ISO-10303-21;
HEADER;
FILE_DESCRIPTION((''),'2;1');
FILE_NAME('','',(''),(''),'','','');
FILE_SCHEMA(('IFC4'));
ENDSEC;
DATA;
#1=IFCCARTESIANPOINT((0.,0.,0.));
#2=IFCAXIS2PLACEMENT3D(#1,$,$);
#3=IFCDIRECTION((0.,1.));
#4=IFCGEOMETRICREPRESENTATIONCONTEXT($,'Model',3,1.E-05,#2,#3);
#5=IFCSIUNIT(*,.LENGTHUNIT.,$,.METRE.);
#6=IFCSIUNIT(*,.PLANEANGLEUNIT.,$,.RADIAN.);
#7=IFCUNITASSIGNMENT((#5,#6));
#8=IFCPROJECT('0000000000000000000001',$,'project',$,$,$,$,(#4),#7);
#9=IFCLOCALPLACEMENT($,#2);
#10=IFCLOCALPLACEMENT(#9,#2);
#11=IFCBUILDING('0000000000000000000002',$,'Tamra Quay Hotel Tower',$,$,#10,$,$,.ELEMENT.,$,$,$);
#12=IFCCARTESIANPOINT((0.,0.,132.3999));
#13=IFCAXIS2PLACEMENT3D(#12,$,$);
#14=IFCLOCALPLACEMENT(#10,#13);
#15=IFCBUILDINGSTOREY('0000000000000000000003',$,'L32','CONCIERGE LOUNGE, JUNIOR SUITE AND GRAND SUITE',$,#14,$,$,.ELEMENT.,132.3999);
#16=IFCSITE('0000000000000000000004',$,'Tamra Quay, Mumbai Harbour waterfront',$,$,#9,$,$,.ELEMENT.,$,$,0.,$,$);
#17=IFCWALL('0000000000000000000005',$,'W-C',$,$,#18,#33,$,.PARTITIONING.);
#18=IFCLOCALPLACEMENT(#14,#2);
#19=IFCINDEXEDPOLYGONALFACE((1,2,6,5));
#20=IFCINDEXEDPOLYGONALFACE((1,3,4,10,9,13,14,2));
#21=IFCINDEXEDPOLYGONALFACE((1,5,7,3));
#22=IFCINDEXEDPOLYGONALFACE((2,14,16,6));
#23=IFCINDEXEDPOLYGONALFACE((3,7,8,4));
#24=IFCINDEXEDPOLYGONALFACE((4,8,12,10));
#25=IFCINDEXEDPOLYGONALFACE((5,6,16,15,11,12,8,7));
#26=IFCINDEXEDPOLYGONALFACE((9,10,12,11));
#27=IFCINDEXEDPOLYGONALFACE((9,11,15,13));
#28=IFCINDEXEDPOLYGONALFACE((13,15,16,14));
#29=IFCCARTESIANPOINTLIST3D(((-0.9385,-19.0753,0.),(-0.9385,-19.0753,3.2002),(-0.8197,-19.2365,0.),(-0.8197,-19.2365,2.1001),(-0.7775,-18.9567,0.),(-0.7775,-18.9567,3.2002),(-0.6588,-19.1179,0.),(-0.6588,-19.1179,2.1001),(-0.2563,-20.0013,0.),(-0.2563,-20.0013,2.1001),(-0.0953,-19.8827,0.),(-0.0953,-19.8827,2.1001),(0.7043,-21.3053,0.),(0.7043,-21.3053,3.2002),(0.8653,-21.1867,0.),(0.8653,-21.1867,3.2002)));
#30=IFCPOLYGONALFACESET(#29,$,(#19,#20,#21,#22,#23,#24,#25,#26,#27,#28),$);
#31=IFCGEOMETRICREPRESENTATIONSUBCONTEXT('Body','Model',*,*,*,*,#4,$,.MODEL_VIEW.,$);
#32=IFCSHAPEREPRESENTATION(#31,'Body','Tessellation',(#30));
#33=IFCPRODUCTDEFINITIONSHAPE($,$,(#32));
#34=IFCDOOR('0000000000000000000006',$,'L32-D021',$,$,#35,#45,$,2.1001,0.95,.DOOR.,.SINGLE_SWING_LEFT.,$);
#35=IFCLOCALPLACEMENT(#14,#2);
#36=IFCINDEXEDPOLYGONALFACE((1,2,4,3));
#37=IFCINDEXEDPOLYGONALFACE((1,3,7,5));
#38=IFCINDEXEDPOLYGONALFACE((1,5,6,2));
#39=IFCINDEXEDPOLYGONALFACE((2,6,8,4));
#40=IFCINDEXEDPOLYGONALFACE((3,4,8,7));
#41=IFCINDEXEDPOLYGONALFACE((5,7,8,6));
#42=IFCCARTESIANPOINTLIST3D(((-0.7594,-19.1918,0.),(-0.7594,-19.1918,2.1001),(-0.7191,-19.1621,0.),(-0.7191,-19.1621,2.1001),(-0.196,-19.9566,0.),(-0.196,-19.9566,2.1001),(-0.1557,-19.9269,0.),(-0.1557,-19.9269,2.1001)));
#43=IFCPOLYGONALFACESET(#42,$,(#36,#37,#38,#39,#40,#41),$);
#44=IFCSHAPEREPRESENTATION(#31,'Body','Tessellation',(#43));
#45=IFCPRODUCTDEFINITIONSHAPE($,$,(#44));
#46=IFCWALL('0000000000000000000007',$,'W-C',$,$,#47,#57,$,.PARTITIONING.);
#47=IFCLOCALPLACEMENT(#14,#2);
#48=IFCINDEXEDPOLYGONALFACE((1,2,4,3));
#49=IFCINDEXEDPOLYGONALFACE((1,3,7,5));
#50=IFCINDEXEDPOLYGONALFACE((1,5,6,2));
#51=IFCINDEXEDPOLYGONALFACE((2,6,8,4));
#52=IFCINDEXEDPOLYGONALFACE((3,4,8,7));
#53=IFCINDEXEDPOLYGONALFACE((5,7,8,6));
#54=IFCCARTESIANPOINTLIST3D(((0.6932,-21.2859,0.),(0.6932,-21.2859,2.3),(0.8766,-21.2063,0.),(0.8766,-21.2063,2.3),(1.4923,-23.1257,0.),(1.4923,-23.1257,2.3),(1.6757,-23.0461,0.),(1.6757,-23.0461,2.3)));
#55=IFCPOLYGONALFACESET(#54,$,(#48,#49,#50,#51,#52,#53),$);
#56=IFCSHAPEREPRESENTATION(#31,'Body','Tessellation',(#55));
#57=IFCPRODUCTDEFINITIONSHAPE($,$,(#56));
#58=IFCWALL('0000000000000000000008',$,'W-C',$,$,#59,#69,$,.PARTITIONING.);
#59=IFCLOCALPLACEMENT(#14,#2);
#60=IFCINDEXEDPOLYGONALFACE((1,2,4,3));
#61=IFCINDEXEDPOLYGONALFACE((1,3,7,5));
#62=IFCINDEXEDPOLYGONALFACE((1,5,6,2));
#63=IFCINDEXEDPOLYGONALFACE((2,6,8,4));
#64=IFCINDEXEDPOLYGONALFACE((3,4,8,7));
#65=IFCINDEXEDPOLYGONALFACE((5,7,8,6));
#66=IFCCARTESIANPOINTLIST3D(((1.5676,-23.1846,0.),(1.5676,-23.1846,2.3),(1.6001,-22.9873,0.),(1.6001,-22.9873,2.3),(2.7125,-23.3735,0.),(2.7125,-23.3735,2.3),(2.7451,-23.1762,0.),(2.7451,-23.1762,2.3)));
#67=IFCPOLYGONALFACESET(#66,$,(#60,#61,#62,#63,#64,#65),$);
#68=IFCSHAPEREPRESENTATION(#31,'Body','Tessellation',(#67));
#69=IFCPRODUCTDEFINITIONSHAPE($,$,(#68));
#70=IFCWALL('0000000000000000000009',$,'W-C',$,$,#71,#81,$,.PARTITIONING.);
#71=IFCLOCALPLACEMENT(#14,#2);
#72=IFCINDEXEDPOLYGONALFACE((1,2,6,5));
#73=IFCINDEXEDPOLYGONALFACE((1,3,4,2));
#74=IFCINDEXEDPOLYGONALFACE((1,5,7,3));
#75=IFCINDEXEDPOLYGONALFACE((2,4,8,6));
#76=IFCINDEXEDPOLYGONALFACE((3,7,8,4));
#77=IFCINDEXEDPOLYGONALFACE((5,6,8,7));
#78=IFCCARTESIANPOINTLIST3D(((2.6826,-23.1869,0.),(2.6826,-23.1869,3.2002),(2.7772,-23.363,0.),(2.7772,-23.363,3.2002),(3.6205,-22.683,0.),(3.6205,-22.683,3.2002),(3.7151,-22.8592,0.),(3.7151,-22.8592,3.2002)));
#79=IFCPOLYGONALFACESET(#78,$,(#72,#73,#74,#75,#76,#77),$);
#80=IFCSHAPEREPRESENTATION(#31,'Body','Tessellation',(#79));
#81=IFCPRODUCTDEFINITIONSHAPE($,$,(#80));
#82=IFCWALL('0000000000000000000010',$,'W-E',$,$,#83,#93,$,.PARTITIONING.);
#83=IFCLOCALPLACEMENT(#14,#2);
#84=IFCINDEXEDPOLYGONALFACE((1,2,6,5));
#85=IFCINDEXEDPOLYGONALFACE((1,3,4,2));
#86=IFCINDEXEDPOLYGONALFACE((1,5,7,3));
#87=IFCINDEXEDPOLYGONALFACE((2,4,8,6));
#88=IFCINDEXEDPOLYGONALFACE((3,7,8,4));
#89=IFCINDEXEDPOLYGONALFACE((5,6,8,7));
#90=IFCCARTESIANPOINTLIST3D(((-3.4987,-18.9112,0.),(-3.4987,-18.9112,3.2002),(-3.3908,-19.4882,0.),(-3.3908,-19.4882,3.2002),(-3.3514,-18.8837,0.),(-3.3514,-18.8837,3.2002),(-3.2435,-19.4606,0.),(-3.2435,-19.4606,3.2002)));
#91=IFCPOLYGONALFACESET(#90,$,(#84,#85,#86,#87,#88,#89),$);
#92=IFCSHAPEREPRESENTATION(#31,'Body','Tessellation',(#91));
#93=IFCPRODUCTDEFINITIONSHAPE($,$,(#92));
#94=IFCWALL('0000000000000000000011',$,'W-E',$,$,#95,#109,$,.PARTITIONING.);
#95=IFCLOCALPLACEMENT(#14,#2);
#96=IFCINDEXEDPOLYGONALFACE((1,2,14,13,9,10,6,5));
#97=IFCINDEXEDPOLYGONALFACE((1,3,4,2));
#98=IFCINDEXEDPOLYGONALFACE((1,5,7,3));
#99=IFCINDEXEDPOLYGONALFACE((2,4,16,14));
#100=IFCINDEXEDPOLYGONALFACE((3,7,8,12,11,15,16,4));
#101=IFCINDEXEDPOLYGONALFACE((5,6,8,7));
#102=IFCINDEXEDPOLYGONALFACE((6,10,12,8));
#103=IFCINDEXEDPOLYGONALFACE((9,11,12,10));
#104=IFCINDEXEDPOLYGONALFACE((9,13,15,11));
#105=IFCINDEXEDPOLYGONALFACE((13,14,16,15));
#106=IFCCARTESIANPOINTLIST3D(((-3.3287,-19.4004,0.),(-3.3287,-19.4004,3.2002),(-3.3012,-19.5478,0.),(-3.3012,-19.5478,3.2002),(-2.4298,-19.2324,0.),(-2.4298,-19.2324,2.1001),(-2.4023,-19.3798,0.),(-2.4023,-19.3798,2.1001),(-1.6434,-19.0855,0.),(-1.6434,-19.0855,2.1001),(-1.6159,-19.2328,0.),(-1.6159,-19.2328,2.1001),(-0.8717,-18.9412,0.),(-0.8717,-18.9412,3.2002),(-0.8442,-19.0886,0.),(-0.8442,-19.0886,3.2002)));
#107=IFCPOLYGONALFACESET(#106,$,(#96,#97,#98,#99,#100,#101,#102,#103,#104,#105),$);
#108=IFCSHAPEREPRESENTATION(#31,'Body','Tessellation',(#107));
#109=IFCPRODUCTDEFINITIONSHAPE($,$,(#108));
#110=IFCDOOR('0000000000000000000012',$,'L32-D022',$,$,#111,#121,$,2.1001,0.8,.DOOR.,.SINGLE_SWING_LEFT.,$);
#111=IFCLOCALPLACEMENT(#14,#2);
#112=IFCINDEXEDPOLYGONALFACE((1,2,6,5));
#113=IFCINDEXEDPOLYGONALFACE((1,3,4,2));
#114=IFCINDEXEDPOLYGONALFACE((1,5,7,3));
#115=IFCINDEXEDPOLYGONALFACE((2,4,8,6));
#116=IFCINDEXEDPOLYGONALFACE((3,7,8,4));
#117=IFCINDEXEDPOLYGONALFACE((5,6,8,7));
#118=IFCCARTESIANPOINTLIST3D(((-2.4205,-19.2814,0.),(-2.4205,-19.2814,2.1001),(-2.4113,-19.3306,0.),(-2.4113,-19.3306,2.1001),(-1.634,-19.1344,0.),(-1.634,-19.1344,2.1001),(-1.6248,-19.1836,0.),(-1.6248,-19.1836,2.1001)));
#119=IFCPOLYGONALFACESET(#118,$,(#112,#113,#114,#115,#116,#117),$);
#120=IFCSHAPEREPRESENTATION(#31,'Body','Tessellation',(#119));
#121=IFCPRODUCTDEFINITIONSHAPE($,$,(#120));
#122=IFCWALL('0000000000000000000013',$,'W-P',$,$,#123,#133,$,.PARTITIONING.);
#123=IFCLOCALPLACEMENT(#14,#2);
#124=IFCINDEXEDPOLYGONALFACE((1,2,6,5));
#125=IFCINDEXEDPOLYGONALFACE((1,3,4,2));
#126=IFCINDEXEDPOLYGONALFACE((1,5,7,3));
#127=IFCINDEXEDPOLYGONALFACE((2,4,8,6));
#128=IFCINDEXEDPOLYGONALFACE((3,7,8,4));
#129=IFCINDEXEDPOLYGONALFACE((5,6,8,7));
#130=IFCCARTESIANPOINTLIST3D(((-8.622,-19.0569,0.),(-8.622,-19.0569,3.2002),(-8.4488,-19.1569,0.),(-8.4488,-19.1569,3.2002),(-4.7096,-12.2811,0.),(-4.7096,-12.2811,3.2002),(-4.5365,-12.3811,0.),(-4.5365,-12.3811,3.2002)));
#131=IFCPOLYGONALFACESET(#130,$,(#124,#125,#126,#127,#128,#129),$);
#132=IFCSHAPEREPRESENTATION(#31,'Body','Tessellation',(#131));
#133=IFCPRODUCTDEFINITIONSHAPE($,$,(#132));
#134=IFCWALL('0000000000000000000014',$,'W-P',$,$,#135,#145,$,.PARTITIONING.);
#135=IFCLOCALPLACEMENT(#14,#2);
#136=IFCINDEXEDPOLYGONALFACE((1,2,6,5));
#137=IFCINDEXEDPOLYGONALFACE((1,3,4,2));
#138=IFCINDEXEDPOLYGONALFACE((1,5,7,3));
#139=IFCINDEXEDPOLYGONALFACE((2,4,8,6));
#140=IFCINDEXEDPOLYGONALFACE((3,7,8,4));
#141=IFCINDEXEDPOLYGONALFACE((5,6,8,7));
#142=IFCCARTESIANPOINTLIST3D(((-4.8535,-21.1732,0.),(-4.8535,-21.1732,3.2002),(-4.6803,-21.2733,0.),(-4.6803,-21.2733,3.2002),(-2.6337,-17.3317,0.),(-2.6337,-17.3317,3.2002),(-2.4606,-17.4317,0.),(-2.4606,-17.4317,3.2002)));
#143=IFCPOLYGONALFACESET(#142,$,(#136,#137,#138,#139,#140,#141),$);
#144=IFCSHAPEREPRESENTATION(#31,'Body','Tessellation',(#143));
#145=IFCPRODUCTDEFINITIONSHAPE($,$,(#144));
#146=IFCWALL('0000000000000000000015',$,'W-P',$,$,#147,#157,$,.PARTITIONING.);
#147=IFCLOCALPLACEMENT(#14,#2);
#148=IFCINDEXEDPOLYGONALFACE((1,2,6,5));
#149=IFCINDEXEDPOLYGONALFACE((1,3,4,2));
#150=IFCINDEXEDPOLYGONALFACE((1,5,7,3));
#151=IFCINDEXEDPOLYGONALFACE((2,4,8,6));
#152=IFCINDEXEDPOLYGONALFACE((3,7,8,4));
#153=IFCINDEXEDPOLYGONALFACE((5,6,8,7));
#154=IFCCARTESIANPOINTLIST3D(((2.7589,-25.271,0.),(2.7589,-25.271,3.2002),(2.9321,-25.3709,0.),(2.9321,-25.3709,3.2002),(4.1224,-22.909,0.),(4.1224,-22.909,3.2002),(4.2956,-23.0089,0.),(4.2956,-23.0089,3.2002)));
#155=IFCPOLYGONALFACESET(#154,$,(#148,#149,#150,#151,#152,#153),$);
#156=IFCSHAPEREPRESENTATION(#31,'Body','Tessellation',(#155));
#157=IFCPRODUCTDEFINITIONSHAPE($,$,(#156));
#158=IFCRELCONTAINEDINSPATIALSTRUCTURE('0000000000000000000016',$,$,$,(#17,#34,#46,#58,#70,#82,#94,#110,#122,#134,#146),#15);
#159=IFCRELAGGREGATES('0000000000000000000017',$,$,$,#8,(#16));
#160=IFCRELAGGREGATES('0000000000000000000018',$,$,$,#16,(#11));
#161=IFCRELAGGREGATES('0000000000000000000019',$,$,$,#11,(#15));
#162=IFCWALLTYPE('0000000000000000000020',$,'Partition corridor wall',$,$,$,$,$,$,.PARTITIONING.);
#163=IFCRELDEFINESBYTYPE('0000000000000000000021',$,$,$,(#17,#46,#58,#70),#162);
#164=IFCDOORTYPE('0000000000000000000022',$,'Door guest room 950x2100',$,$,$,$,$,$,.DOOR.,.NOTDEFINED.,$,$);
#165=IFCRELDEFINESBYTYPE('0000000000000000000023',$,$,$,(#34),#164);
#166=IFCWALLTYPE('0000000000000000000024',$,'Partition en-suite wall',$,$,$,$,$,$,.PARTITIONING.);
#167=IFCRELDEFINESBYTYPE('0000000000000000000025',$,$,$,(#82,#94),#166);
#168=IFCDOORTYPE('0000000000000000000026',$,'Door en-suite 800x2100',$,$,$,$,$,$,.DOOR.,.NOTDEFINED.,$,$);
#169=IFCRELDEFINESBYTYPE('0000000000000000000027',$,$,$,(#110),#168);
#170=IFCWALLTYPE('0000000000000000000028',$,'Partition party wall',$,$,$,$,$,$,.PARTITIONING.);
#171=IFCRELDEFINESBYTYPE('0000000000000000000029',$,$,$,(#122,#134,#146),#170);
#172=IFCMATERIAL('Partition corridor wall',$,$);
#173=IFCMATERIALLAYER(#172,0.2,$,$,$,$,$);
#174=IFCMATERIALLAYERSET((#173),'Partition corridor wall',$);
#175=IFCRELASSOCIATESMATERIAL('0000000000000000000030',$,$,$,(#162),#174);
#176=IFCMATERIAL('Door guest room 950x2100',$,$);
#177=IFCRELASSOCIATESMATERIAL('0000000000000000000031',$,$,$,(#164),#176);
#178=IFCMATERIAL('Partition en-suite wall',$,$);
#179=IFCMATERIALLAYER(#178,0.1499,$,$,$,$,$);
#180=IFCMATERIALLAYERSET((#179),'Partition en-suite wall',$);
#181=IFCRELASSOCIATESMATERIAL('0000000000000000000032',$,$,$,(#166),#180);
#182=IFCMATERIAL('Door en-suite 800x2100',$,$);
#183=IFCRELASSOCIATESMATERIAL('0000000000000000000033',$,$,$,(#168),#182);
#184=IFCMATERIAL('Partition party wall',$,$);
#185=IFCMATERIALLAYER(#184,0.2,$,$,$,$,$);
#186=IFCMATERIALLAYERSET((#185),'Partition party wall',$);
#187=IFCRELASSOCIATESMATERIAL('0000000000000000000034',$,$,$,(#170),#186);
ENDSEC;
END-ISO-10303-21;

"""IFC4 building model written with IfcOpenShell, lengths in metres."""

from ifc_helpers import new_model, si_unit, direction, frame, frame_2d, origin, place, context, subcontext, project, spatial, rectangle, extrude, material, layer, layer_set, type_object, element, fill, save


model = new_model("IFC4")

# Units and contexts
model_context = context("Model", 3, precision=1e-05, world=origin(), true_north=direction((0.0, 1.0)))
body_context = subcontext(model_context, "Body", "Model", "MODEL_VIEW")
ifc_project = project(units=[si_unit("LENGTHUNIT", "METRE"), si_unit("PLANEANGLEUNIT", "RADIAN")], contexts=[model_context])

# Site, building, storey
site_placement = place(None, origin())
site = spatial("IfcSite", under=ifc_project, at=site_placement, Name="Tamra Quay, Mumbai Harbour waterfront", CompositionType="ELEMENT", RefElevation=0.0)
building_placement = place(site_placement, origin())
building = spatial("IfcBuilding", under=site, at=building_placement, Name="Tamra Quay Hotel Tower", CompositionType="ELEMENT")
storey_placement = place(building_placement, frame((0.0, 0.0, 132.3999)))
storey = spatial("IfcBuildingStorey", under=building, at=storey_placement, Name="L32", Description="CONCIERGE LOUNGE, JUNIOR SUITE AND GRAND SUITE", CompositionType="ELEMENT", Elevation=132.3999)

# Wall, opening, door
ifc_material_1 = material(Name="Partition corridor wall")
ifc_layer_1 = layer(ifc_material_1, 0.2)
ifc_layer_set_1 = layer_set([ifc_layer_1], Name="Partition corridor wall")
wall_type_1 = type_object("IfcWallType", Name="Partition corridor wall", PredefinedType="PARTITIONING", material=ifc_layer_set_1)
wall_1_placement = place(storey_placement, frame((-0.8579, -19.0161, 0.0), z_axis=(0.0, 0.0, 1.0), x_axis=(0.593124, -0.805111, 0.0)))
wall_1 = element("IfcWall", 1, at=wall_1_placement, inside=storey, type_object=wall_type_1, Name="W-C", PredefinedType="PARTITIONING", context=body_context, shape_type="SweptSolid", body=[
    extrude(rectangle(XDim=2.7698, YDim=0.2, at=frame_2d((1.3848, 0.0))), origin(), (0.0, 0.0, 1.0), 3.2002),
])
opening_1_placement = place(wall_1_placement, frame((0.2, 0.0, 0.0)))
opening_1 = element("IfcOpeningElement", 2, at=opening_1_placement, cuts=wall_1, PredefinedType="OPENING", context=body_context, shape_type="SweptSolid", body=[
    extrude(rectangle(XDim=0.95, YDim=2.1001, at=frame_2d((0.4751, 1.05))), frame((0.0, 0.1099, 0.0), z_axis=(0.0, -1.0, 0.0), x_axis=(1.0, 0.0, 0.0)), (0.0, 0.0, 1.0), 0.22),
])
ifc_material_2 = material(Name="Door guest room 950x2100")
door_type_1 = type_object("IfcDoorType", Name="Door guest room 950x2100", OperationType="NOTDEFINED", PredefinedType="DOOR", material=ifc_material_2)
door_1_placement = place(opening_1_placement, frame((0.95, 0.0, 0.0), z_axis=(0.0, 0.0, 1.0), x_axis=(-1.0, 0.0, 0.0)))
door_1 = element("IfcDoor", 3, at=door_1_placement, inside=storey, type_object=door_type_1, Name="L32-D021", OperationType="SINGLE_SWING_LEFT", OverallHeight=2.1001, OverallWidth=0.95, PredefinedType="DOOR", context=body_context, shape_type="SweptSolid", body=[
    extrude(rectangle(XDim=0.95, YDim=2.1001, at=frame_2d((0.4751, 1.05))), frame((0.0, 0.0249, 0.0), z_axis=(0.0, -1.0, 0.0), x_axis=(1.0, 0.0, 0.0)), (0.0, 0.0, 1.0), 0.05),
])
fill(opening_1, door_1)

# Walls
wall_2_placement = place(storey_placement, frame((0.7849, -21.2461, 0.0), z_axis=(0.0, 0.0, 1.0), x_axis=(0.398366, -0.917227, 0.0)))
element("IfcWall", 4, at=wall_2_placement, inside=storey, type_object=wall_type_1, Name="W-C", PredefinedType="PARTITIONING", context=body_context, shape_type="SweptSolid", body=[
    extrude(rectangle(XDim=2.0059, YDim=0.2, at=frame_2d((1.0029, 0.0))), origin(), (0.0, 0.0, 1.0), 2.3),
])
wall_3_placement = place(storey_placement, frame((1.584, -23.0859, 0.0), z_axis=(0.0, 0.0, 1.0), x_axis=(0.986654, -0.16283, 0.0)))
element("IfcWall", 5, at=wall_3_placement, inside=storey, type_object=wall_type_1, Name="W-C", PredefinedType="PARTITIONING", context=body_context, shape_type="SweptSolid", body=[
    extrude(rectangle(XDim=1.1604, YDim=0.2, at=frame_2d((0.5801, 0.0))), origin(), (0.0, 0.0, 1.0), 2.3),
])
wall_4_placement = place(storey_placement, frame((2.73, -23.2749, 0.0), z_axis=(0.0, 0.0, 1.0), x_axis=(0.880927, 0.473252, 0.0)))
element("IfcWall", 6, at=wall_4_placement, inside=storey, type_object=wall_type_1, Name="W-C", PredefinedType="PARTITIONING", context=body_context, shape_type="SweptSolid", body=[
    extrude(rectangle(XDim=1.0647, YDim=0.2, at=frame_2d((0.5322, 0.0))), origin(), (0.0, 0.0, 1.0), 3.2002),
])
ifc_material_3 = material(Name="Partition en-suite wall")
ifc_layer_2 = layer(ifc_material_3, 0.1499)
ifc_layer_set_2 = layer_set([ifc_layer_2], Name="Partition en-suite wall")
wall_type_2 = type_object("IfcWallType", Name="Partition en-suite wall", PredefinedType="PARTITIONING", material=ifc_layer_set_2)
wall_5_placement = place(storey_placement, frame((-3.425, -18.8975, 0.0), z_axis=(0.0, 0.0, 1.0), x_axis=(0.183862, -0.982952, 0.0)))
element("IfcWall", 7, at=wall_5_placement, inside=storey, type_object=wall_type_2, Name="W-E", PredefinedType="PARTITIONING", context=body_context, shape_type="SweptSolid", body=[
    extrude(rectangle(XDim=0.5869, YDim=0.1499, at=frame_2d((0.2935, 0.0))), origin(), (0.0, 0.0, 1.0), 3.2002),
])

# Wall, opening, door
wall_6_placement = place(storey_placement, frame((-3.3149, -19.4741, 0.0), z_axis=(0.0, 0.0, 1.0), x_axis=(0.982978, 0.183722, 0.0)))
wall_6 = element("IfcWall", 8, at=wall_6_placement, inside=storey, type_object=wall_type_2, Name="W-E", PredefinedType="PARTITIONING", context=body_context, shape_type="SweptSolid", body=[
    extrude(rectangle(XDim=2.4995, YDim=0.1499, at=frame_2d((1.2498, 0.0))), origin(), (0.0, 0.0, 1.0), 3.2002),
])
opening_2_placement = place(wall_6_placement, frame((0.9146, 0.0, 0.0)))
opening_2 = element("IfcOpeningElement", 9, at=opening_2_placement, cuts=wall_6, PredefinedType="OPENING", context=body_context, shape_type="SweptSolid", body=[
    extrude(rectangle(XDim=0.8, YDim=2.1001, at=frame_2d((0.3999, 1.05))), frame((0.0, 0.085, 0.0), z_axis=(0.0, -1.0, 0.0), x_axis=(1.0, 0.0, 0.0)), (0.0, 0.0, 1.0), 0.1699),
])
ifc_material_4 = material(Name="Door en-suite 800x2100")
door_type_2 = type_object("IfcDoorType", Name="Door en-suite 800x2100", OperationType="NOTDEFINED", PredefinedType="DOOR", material=ifc_material_4)
door_2_placement = place(opening_2_placement, frame((0.8, 0.0, 0.0), z_axis=(0.0, 0.0, 1.0), x_axis=(-1.0, 0.0, 0.0)))
door_2 = element("IfcDoor", 10, at=door_2_placement, inside=storey, type_object=door_type_2, Name="L32-D022", OperationType="SINGLE_SWING_LEFT", OverallHeight=2.1001, OverallWidth=0.8, PredefinedType="DOOR", context=body_context, shape_type="SweptSolid", body=[
    extrude(rectangle(XDim=0.8, YDim=2.1001, at=frame_2d((0.3999, 1.05))), frame((0.0, 0.0249, 0.0), z_axis=(0.0, -1.0, 0.0), x_axis=(1.0, 0.0, 0.0)), (0.0, 0.0, 1.0), 0.05),
])
fill(opening_2, door_2)

# Walls
ifc_material_5 = material(Name="Partition party wall")
ifc_layer_3 = layer(ifc_material_5, 0.2)
ifc_layer_set_3 = layer_set([ifc_layer_3], Name="Partition party wall")
wall_type_3 = type_object("IfcWallType", Name="Partition party wall", PredefinedType="PARTITIONING", material=ifc_layer_set_3)
wall_7_placement = place(storey_placement, frame((-8.5354, -19.1069, 0.0), z_axis=(0.0, 0.0, 1.0), x_axis=(0.500029, 0.866009, 0.0)))
element("IfcWall", 11, at=wall_7_placement, inside=storey, type_object=wall_type_3, Name="W-P", PredefinedType="PARTITIONING", context=body_context, shape_type="SweptSolid", body=[
    extrude(rectangle(XDim=7.8242, YDim=0.2, at=frame_2d((3.9121, 0.0))), origin(), (0.0, 0.0, 1.0), 3.2002),
])
wall_8_placement = place(storey_placement, frame((-4.7668, -21.2231, 0.0), z_axis=(0.0, 0.0, 1.0), x_axis=(0.500305, 0.865849, 0.0)))
element("IfcWall", 12, at=wall_8_placement, inside=storey, type_object=wall_type_3, Name="W-P", PredefinedType="PARTITIONING", context=body_context, shape_type="SweptSolid", body=[
    extrude(rectangle(XDim=4.4368, YDim=0.2, at=frame_2d((2.2183, 0.0))), origin(), (0.0, 0.0, 1.0), 3.2002),
])
wall_9_placement = place(storey_placement, frame((2.8455, -25.321, 0.0), z_axis=(0.0, 0.0, 1.0), x_axis=(0.499942, 0.866059, 0.0)))
element("IfcWall", 13, at=wall_9_placement, inside=storey, type_object=wall_type_3, Name="W-P", PredefinedType="PARTITIONING", context=body_context, shape_type="SweptSolid", body=[
    extrude(rectangle(XDim=2.7273, YDim=0.2, at=frame_2d((1.3638, 0.0))), origin(), (0.0, 0.0, 1.0), 3.2002),
])

save(model, "model.ifc")
